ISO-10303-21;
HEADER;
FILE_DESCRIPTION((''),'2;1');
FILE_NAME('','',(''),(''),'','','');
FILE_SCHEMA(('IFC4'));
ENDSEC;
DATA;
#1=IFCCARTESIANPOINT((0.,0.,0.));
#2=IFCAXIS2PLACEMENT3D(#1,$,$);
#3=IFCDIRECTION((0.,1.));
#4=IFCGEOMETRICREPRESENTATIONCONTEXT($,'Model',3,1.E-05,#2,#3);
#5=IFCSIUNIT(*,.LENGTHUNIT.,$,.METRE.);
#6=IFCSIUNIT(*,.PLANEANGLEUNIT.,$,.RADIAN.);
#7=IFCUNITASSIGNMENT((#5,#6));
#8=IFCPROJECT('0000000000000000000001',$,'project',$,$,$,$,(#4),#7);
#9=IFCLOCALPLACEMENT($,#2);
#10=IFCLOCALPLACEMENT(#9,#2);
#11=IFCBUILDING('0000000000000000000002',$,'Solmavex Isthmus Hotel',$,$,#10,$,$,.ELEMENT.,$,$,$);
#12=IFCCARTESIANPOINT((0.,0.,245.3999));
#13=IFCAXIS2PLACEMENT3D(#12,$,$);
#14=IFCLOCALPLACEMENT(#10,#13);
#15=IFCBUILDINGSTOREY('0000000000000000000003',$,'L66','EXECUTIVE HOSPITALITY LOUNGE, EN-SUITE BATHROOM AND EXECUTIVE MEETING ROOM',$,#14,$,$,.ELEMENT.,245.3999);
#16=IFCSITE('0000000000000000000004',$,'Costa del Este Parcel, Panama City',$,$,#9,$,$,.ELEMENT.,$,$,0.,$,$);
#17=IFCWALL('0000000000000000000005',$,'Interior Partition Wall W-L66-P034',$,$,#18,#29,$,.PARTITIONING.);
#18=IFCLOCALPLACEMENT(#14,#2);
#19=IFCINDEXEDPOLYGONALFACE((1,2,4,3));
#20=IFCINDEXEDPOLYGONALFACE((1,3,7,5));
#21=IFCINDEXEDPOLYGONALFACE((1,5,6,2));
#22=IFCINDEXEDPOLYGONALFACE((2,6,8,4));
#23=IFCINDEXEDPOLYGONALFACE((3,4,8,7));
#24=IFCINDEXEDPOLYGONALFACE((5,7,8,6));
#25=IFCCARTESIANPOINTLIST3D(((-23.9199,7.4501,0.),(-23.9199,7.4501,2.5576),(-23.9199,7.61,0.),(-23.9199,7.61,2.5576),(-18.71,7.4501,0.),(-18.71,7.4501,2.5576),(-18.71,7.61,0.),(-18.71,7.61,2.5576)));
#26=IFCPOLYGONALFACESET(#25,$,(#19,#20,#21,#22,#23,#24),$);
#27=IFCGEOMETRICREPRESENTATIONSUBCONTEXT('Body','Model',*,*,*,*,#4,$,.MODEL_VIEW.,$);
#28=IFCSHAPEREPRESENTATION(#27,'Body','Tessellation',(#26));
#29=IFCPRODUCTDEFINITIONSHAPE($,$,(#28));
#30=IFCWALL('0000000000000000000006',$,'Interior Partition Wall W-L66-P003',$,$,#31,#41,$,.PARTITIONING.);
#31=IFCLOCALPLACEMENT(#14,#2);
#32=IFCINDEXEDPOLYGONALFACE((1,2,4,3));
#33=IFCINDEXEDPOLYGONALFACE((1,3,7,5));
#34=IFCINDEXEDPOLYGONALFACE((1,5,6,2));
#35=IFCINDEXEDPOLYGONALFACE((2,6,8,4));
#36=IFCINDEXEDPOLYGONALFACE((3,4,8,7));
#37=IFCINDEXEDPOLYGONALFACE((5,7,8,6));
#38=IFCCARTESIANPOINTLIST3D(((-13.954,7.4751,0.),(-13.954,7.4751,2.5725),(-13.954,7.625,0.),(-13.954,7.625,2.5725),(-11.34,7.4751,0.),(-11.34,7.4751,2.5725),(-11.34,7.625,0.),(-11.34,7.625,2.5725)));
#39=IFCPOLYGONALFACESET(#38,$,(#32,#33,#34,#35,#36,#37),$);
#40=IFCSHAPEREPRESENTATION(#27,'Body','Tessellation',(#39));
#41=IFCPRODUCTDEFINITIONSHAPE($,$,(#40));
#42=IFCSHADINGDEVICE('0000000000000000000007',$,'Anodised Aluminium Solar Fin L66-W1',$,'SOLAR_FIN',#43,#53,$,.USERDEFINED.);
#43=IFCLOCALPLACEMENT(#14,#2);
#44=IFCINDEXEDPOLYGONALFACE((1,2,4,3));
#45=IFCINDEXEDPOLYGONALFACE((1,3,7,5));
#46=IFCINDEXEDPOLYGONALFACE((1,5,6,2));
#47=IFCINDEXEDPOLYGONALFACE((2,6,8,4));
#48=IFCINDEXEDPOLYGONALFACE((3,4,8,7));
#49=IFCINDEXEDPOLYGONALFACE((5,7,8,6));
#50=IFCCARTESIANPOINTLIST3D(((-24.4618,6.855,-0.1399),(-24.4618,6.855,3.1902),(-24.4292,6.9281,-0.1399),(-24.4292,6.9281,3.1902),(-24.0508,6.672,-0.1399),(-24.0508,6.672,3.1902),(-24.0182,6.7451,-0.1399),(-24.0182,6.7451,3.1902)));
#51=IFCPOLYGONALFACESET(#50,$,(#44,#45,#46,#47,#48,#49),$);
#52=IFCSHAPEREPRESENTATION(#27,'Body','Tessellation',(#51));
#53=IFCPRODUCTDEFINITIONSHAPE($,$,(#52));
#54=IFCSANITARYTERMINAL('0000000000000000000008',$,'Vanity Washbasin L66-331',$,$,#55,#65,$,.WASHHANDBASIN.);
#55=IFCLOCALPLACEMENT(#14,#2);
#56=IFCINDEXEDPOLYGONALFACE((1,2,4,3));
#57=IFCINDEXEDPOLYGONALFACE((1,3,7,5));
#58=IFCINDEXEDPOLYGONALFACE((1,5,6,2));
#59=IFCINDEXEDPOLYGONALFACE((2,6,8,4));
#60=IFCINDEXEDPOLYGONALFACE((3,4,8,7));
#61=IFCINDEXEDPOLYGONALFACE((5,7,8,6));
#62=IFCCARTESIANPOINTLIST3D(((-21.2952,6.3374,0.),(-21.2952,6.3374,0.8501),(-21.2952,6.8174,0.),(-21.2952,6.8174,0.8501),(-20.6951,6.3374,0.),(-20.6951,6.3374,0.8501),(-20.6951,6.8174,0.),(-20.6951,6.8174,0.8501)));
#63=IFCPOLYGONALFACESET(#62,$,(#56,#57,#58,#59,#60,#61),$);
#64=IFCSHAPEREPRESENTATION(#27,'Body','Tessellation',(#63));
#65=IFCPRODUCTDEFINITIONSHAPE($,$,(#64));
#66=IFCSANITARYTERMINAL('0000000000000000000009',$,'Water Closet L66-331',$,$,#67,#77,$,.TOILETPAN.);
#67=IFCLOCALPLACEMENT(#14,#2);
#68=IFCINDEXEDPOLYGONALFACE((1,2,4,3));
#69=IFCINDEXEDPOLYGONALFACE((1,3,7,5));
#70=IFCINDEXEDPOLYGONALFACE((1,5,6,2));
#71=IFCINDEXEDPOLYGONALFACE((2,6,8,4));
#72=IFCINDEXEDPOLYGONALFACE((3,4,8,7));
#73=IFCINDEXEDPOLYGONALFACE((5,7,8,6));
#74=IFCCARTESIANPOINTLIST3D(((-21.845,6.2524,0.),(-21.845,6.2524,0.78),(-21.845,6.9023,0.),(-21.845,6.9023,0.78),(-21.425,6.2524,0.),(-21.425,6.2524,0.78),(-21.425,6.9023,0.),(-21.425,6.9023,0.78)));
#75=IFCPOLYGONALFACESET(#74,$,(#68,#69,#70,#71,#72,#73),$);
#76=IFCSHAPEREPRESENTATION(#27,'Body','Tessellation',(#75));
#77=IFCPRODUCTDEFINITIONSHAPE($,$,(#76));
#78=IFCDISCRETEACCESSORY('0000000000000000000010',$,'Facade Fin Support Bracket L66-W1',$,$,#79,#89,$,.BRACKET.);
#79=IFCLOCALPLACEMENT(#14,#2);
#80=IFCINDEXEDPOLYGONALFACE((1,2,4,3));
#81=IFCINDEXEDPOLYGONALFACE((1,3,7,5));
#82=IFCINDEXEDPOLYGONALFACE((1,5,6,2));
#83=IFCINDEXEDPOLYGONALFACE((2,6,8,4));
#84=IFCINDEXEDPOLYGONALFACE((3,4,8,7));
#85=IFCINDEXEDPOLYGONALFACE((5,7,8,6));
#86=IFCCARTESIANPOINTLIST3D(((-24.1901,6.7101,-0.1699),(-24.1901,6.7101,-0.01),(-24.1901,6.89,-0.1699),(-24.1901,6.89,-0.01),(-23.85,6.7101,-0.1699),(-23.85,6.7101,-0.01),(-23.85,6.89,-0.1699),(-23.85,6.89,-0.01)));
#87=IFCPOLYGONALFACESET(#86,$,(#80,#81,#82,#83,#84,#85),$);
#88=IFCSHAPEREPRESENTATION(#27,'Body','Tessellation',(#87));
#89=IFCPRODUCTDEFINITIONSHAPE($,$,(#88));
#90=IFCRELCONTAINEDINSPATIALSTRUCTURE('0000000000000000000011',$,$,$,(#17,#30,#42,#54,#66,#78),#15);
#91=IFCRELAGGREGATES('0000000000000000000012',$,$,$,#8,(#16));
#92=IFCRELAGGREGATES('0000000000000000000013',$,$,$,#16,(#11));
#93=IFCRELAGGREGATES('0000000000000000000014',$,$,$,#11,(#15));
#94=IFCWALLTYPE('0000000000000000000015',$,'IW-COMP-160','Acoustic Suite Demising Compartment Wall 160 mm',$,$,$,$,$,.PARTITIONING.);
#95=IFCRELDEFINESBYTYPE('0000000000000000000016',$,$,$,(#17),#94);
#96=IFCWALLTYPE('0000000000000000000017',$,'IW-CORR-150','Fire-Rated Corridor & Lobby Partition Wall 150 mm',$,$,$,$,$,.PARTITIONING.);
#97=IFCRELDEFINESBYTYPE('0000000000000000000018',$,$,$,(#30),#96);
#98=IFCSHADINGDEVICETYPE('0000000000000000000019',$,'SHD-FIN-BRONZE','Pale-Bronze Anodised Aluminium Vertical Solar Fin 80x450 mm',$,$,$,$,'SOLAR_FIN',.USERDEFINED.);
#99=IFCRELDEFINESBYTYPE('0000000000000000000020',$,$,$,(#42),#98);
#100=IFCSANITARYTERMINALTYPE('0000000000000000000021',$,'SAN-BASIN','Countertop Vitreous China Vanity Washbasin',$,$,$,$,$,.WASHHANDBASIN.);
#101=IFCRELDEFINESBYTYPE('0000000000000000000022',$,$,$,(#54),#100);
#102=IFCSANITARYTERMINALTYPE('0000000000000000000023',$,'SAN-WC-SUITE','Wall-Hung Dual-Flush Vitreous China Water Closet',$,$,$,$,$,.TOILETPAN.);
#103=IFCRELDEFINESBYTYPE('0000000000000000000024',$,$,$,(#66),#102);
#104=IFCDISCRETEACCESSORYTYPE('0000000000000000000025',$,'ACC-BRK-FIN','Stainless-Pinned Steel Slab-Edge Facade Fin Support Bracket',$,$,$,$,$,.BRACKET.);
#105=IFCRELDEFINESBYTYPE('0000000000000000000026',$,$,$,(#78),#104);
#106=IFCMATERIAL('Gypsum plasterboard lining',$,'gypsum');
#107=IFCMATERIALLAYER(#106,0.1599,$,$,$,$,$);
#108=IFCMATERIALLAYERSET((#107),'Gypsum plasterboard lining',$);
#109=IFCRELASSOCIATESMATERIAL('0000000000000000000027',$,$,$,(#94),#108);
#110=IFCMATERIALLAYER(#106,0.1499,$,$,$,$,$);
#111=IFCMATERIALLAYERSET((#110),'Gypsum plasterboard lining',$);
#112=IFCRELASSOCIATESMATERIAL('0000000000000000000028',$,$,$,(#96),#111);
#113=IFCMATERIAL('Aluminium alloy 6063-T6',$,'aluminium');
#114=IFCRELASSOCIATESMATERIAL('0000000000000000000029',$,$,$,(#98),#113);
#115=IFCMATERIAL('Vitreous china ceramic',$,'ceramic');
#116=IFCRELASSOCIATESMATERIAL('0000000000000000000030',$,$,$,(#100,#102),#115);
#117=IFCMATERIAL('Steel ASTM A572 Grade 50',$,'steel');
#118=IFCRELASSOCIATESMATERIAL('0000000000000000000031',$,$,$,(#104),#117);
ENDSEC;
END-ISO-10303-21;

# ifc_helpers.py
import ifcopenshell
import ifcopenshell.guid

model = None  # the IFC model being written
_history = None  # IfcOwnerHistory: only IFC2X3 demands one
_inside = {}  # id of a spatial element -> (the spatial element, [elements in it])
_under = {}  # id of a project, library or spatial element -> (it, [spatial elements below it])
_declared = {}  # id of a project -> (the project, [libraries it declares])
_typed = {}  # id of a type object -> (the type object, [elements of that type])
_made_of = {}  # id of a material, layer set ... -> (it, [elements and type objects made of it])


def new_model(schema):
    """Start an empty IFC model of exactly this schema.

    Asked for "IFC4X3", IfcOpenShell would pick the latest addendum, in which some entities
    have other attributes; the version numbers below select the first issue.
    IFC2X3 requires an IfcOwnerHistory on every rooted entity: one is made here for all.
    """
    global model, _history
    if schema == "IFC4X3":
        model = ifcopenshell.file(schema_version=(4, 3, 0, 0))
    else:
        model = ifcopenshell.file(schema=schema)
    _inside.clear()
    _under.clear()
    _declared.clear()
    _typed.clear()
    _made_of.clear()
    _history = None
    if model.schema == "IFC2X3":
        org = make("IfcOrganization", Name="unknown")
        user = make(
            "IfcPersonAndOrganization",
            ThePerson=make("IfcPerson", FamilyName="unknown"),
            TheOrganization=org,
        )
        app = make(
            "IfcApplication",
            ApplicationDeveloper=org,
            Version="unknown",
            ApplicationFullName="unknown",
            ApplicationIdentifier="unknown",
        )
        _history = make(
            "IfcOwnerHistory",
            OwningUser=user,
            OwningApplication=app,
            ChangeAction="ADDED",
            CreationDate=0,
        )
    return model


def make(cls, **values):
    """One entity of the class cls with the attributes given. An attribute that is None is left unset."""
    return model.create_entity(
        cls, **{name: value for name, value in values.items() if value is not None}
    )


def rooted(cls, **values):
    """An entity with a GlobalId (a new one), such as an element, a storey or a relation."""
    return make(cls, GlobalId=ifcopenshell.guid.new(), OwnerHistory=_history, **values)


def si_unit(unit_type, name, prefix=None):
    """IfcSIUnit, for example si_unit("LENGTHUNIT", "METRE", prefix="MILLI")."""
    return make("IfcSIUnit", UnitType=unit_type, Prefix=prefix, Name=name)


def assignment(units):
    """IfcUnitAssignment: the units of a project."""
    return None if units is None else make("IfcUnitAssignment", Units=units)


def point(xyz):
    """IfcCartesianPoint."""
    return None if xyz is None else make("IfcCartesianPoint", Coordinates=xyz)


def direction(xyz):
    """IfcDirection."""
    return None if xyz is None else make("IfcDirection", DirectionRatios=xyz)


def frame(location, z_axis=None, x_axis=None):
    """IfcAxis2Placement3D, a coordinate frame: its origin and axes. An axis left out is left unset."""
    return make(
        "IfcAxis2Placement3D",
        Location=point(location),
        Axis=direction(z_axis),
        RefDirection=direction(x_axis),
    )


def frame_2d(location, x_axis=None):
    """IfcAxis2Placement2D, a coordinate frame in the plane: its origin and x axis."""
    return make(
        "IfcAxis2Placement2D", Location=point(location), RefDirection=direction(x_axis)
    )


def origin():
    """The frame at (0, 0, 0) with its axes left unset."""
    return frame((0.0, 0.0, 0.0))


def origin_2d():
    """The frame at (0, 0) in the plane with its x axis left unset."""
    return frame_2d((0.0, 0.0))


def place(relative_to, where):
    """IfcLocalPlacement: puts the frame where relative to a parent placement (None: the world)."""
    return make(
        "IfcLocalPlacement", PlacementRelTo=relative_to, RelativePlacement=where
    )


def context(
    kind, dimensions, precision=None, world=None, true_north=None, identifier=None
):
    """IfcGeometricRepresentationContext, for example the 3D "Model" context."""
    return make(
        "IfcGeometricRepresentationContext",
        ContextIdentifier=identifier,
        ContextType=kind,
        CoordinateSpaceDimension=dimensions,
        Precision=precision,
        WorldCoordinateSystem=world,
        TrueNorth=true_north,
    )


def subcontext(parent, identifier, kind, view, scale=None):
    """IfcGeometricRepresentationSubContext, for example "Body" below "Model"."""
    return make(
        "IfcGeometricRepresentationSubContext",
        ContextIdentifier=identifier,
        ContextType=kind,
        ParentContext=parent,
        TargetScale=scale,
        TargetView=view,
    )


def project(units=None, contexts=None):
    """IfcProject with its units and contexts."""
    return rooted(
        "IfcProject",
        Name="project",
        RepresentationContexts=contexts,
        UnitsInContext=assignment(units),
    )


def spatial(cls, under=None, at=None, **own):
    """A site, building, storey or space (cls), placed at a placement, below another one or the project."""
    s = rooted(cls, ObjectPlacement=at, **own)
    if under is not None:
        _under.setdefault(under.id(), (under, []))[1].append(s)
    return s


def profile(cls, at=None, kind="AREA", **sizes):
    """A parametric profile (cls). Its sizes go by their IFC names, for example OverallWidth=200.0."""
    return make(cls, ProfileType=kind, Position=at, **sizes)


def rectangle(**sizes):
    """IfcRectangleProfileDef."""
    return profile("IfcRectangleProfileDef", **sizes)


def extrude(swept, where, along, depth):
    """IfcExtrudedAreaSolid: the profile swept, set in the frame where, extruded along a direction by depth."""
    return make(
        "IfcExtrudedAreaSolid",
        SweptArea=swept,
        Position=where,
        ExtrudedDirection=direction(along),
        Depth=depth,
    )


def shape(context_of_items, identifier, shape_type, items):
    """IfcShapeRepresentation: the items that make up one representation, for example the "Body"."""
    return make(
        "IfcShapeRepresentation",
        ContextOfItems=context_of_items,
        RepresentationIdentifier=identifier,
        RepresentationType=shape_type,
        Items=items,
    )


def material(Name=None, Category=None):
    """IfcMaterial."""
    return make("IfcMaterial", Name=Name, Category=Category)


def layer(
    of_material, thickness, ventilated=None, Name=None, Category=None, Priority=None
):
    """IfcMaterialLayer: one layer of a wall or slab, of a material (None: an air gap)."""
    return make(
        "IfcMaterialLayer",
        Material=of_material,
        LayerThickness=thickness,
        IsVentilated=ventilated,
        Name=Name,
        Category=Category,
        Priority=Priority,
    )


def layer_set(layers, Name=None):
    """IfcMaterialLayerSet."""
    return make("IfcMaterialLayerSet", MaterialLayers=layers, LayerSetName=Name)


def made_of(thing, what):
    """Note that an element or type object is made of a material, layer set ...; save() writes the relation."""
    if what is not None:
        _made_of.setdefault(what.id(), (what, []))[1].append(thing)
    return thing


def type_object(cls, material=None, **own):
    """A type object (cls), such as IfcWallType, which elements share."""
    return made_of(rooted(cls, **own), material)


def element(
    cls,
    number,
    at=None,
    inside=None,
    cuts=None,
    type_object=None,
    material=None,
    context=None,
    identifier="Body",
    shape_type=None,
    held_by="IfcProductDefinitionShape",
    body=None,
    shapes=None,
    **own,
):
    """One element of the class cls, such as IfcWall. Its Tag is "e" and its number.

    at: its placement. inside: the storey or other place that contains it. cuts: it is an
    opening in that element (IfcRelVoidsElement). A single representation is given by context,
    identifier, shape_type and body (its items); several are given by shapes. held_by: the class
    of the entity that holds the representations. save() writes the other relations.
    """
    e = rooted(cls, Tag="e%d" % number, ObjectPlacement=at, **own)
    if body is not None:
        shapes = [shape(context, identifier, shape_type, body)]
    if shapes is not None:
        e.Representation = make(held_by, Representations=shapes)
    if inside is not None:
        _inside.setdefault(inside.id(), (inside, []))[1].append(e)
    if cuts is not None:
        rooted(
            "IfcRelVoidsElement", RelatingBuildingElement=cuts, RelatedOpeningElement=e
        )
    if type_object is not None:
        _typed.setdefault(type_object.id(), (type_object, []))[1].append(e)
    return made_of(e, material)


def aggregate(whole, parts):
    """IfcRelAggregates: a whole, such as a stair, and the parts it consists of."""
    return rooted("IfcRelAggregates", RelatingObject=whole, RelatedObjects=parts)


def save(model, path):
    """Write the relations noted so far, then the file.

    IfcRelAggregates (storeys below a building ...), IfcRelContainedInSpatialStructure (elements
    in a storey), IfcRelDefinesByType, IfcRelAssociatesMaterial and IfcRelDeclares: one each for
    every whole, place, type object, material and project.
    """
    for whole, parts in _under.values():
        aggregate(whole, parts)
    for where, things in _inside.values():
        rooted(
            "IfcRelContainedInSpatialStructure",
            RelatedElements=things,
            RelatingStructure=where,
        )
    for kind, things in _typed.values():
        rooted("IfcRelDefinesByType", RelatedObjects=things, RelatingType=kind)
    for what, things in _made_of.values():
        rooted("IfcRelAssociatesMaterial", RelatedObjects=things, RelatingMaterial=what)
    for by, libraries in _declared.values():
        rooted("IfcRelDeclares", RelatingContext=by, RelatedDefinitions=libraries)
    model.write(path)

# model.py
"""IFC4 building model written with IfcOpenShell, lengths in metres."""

from ifc_helpers import new_model, si_unit, direction, frame, frame_2d, origin, origin_2d, place, context, subcontext, project, spatial, rectangle, extrude, material, layer, layer_set, type_object, element, save


model = new_model("IFC4")

# Units and contexts
model_context = context("Model", 3, precision=1e-05, world=origin(), true_north=direction((0.0, 1.0)))
body_context = subcontext(model_context, "Body", "Model", "MODEL_VIEW")
ifc_project = project(units=[si_unit("LENGTHUNIT", "METRE"), si_unit("PLANEANGLEUNIT", "RADIAN")], contexts=[model_context])

# Site, building, storey
site_placement = place(None, origin())
site = spatial("IfcSite", under=ifc_project, at=site_placement, Name="Costa del Este Parcel, Panama City", CompositionType="ELEMENT", RefElevation=0.0)
building_placement = place(site_placement, origin())
building = spatial("IfcBuilding", under=site, at=building_placement, Name="Solmavex Isthmus Hotel", CompositionType="ELEMENT")
storey_placement = place(building_placement, frame((0.0, 0.0, 245.3999)))
storey = spatial("IfcBuildingStorey", under=building, at=storey_placement, Name="L66", Description="EXECUTIVE HOSPITALITY LOUNGE, EN-SUITE BATHROOM AND EXECUTIVE MEETING ROOM", CompositionType="ELEMENT", Elevation=245.3999)

# Shared definitions
ifc_material_1 = material(Name="Steel ASTM A572 Grade 50", Category="steel")

# Shared definitions
ifc_material_2 = material(Name="Aluminium alloy 6063-T6", Category="aluminium")

# Wall
ifc_material_3 = material(Name="Gypsum plasterboard lining", Category="gypsum")
ifc_layer_1 = layer(ifc_material_3, 0.1599)
ifc_layer_set_1 = layer_set([ifc_layer_1], Name="Gypsum plasterboard lining")
wall_type_1 = type_object("IfcWallType", Name="IW-COMP-160", Description="Acoustic Suite Demising Compartment Wall 160 mm", PredefinedType="PARTITIONING", material=ifc_layer_set_1)
wall_1_placement = place(storey_placement, frame((-18.71, 7.53, 0.0), z_axis=(0.0, 0.0, 1.0), x_axis=(-1.0, 0.0, 0.0)))
element("IfcWall", 1, at=wall_1_placement, inside=storey, type_object=wall_type_1, Name="Interior Partition Wall W-L66-P034", PredefinedType="PARTITIONING", context=body_context, shape_type="SweptSolid", body=[
    extrude(rectangle(XDim=5.21, YDim=0.1599, at=frame_2d((2.605, 0.0))), origin(), (0.0, 0.0, 1.0), 2.5576),
])

# Shared definitions
ifc_layer_2 = layer(ifc_material_3, 0.1499)
ifc_layer_set_2 = layer_set([ifc_layer_2], Name="Gypsum plasterboard lining")
wall_type_2 = type_object("IfcWallType", Name="IW-CORR-150", Description="Fire-Rated Corridor & Lobby Partition Wall 150 mm", PredefinedType="PARTITIONING", material=ifc_layer_set_2)

# Wall
wall_2_placement = place(storey_placement, frame((-13.9541, 7.55, 0.0), z_axis=(0.0, 0.0, 1.0), x_axis=(1.0, 0.0, 0.0)))
element("IfcWall", 2, at=wall_2_placement, inside=storey, type_object=wall_type_2, Name="Interior Partition Wall W-L66-P003", PredefinedType="PARTITIONING", context=body_context, shape_type="SweptSolid", body=[
    extrude(rectangle(XDim=2.614, YDim=0.1499, at=frame_2d((1.3071, 0.0))), origin(), (0.0, 0.0, 1.0), 2.5725),
])

# Shading device
shading_device_type = type_object("IfcShadingDeviceType", Name="SHD-FIN-BRONZE", Description="Pale-Bronze Anodised Aluminium Vertical Solar Fin 80x450 mm", ElementType="SOLAR_FIN", PredefinedType="USERDEFINED", material=ifc_material_2)
shading_device_placement = place(storey_placement, frame((-24.24, 6.8, -0.1399), z_axis=(0.0, 0.0, 1.0), x_axis=(-0.913545, 0.406737, 0.0)))
element("IfcShadingDevice", 3, at=shading_device_placement, inside=storey, type_object=shading_device_type, Name="Anodised Aluminium Solar Fin L66-W1", ObjectType="SOLAR_FIN", PredefinedType="USERDEFINED", context=body_context, shape_type="SweptSolid", body=[
    extrude(rectangle(XDim=0.45, YDim=0.0801, at=origin_2d()), origin(), (0.0, 0.0, 1.0), 3.3301),
])

# Sanitary terminals
ifc_material_4 = material(Name="Vitreous china ceramic", Category="ceramic")
sanitary_terminal_type_1 = type_object("IfcSanitaryTerminalType", Name="SAN-BASIN", Description="Countertop Vitreous China Vanity Washbasin", PredefinedType="WASHHANDBASIN", material=ifc_material_4)
sanitary_terminal_1_placement = place(storey_placement, frame((-20.9951, 6.5774, 0.0), z_axis=(0.0, 0.0, 1.0), x_axis=(1.0, 0.0, 0.0)))
element("IfcSanitaryTerminal", 4, at=sanitary_terminal_1_placement, inside=storey, type_object=sanitary_terminal_type_1, Name="Vanity Washbasin L66-331", PredefinedType="WASHHANDBASIN", context=body_context, shape_type="SweptSolid", body=[
    extrude(rectangle(XDim=0.6001, YDim=0.48, at=origin_2d()), origin(), (0.0, 0.0, 1.0), 0.8501),
])
sanitary_terminal_type_2 = type_object("IfcSanitaryTerminalType", Name="SAN-WC-SUITE", Description="Wall-Hung Dual-Flush Vitreous China Water Closet", PredefinedType="TOILETPAN", material=ifc_material_4)
sanitary_terminal_2_placement = place(storey_placement, frame((-21.635, 6.5774, 0.0), z_axis=(0.0, 0.0, 1.0), x_axis=(1.0, 0.0, 0.0)))
element("IfcSanitaryTerminal", 5, at=sanitary_terminal_2_placement, inside=storey, type_object=sanitary_terminal_type_2, Name="Water Closet L66-331", PredefinedType="TOILETPAN", context=body_context, shape_type="SweptSolid", body=[
    extrude(rectangle(XDim=0.4199, YDim=0.6499, at=origin_2d()), origin(), (0.0, 0.0, 1.0), 0.78),
])

# Discrete accessory
discrete_accessory_type = type_object("IfcDiscreteAccessoryType", Name="ACC-BRK-FIN", Description="Stainless-Pinned Steel Slab-Edge Facade Fin Support Bracket", PredefinedType="BRACKET", material=ifc_material_1)
discrete_accessory_placement = place(storey_placement, frame((-24.02, 6.8, -0.1699), z_axis=(0.0, 0.0, 1.0), x_axis=(-1.0, 0.0, 0.0)))
element("IfcDiscreteAccessory", 6, at=discrete_accessory_placement, inside=storey, type_object=discrete_accessory_type, Name="Facade Fin Support Bracket L66-W1", PredefinedType="BRACKET", context=body_context, shape_type="SweptSolid", body=[
    extrude(rectangle(XDim=0.3401, YDim=0.1799, at=origin_2d()), origin(), (0.0, 0.0, 1.0), 0.1599),
])

save(model, "model.ifc")
